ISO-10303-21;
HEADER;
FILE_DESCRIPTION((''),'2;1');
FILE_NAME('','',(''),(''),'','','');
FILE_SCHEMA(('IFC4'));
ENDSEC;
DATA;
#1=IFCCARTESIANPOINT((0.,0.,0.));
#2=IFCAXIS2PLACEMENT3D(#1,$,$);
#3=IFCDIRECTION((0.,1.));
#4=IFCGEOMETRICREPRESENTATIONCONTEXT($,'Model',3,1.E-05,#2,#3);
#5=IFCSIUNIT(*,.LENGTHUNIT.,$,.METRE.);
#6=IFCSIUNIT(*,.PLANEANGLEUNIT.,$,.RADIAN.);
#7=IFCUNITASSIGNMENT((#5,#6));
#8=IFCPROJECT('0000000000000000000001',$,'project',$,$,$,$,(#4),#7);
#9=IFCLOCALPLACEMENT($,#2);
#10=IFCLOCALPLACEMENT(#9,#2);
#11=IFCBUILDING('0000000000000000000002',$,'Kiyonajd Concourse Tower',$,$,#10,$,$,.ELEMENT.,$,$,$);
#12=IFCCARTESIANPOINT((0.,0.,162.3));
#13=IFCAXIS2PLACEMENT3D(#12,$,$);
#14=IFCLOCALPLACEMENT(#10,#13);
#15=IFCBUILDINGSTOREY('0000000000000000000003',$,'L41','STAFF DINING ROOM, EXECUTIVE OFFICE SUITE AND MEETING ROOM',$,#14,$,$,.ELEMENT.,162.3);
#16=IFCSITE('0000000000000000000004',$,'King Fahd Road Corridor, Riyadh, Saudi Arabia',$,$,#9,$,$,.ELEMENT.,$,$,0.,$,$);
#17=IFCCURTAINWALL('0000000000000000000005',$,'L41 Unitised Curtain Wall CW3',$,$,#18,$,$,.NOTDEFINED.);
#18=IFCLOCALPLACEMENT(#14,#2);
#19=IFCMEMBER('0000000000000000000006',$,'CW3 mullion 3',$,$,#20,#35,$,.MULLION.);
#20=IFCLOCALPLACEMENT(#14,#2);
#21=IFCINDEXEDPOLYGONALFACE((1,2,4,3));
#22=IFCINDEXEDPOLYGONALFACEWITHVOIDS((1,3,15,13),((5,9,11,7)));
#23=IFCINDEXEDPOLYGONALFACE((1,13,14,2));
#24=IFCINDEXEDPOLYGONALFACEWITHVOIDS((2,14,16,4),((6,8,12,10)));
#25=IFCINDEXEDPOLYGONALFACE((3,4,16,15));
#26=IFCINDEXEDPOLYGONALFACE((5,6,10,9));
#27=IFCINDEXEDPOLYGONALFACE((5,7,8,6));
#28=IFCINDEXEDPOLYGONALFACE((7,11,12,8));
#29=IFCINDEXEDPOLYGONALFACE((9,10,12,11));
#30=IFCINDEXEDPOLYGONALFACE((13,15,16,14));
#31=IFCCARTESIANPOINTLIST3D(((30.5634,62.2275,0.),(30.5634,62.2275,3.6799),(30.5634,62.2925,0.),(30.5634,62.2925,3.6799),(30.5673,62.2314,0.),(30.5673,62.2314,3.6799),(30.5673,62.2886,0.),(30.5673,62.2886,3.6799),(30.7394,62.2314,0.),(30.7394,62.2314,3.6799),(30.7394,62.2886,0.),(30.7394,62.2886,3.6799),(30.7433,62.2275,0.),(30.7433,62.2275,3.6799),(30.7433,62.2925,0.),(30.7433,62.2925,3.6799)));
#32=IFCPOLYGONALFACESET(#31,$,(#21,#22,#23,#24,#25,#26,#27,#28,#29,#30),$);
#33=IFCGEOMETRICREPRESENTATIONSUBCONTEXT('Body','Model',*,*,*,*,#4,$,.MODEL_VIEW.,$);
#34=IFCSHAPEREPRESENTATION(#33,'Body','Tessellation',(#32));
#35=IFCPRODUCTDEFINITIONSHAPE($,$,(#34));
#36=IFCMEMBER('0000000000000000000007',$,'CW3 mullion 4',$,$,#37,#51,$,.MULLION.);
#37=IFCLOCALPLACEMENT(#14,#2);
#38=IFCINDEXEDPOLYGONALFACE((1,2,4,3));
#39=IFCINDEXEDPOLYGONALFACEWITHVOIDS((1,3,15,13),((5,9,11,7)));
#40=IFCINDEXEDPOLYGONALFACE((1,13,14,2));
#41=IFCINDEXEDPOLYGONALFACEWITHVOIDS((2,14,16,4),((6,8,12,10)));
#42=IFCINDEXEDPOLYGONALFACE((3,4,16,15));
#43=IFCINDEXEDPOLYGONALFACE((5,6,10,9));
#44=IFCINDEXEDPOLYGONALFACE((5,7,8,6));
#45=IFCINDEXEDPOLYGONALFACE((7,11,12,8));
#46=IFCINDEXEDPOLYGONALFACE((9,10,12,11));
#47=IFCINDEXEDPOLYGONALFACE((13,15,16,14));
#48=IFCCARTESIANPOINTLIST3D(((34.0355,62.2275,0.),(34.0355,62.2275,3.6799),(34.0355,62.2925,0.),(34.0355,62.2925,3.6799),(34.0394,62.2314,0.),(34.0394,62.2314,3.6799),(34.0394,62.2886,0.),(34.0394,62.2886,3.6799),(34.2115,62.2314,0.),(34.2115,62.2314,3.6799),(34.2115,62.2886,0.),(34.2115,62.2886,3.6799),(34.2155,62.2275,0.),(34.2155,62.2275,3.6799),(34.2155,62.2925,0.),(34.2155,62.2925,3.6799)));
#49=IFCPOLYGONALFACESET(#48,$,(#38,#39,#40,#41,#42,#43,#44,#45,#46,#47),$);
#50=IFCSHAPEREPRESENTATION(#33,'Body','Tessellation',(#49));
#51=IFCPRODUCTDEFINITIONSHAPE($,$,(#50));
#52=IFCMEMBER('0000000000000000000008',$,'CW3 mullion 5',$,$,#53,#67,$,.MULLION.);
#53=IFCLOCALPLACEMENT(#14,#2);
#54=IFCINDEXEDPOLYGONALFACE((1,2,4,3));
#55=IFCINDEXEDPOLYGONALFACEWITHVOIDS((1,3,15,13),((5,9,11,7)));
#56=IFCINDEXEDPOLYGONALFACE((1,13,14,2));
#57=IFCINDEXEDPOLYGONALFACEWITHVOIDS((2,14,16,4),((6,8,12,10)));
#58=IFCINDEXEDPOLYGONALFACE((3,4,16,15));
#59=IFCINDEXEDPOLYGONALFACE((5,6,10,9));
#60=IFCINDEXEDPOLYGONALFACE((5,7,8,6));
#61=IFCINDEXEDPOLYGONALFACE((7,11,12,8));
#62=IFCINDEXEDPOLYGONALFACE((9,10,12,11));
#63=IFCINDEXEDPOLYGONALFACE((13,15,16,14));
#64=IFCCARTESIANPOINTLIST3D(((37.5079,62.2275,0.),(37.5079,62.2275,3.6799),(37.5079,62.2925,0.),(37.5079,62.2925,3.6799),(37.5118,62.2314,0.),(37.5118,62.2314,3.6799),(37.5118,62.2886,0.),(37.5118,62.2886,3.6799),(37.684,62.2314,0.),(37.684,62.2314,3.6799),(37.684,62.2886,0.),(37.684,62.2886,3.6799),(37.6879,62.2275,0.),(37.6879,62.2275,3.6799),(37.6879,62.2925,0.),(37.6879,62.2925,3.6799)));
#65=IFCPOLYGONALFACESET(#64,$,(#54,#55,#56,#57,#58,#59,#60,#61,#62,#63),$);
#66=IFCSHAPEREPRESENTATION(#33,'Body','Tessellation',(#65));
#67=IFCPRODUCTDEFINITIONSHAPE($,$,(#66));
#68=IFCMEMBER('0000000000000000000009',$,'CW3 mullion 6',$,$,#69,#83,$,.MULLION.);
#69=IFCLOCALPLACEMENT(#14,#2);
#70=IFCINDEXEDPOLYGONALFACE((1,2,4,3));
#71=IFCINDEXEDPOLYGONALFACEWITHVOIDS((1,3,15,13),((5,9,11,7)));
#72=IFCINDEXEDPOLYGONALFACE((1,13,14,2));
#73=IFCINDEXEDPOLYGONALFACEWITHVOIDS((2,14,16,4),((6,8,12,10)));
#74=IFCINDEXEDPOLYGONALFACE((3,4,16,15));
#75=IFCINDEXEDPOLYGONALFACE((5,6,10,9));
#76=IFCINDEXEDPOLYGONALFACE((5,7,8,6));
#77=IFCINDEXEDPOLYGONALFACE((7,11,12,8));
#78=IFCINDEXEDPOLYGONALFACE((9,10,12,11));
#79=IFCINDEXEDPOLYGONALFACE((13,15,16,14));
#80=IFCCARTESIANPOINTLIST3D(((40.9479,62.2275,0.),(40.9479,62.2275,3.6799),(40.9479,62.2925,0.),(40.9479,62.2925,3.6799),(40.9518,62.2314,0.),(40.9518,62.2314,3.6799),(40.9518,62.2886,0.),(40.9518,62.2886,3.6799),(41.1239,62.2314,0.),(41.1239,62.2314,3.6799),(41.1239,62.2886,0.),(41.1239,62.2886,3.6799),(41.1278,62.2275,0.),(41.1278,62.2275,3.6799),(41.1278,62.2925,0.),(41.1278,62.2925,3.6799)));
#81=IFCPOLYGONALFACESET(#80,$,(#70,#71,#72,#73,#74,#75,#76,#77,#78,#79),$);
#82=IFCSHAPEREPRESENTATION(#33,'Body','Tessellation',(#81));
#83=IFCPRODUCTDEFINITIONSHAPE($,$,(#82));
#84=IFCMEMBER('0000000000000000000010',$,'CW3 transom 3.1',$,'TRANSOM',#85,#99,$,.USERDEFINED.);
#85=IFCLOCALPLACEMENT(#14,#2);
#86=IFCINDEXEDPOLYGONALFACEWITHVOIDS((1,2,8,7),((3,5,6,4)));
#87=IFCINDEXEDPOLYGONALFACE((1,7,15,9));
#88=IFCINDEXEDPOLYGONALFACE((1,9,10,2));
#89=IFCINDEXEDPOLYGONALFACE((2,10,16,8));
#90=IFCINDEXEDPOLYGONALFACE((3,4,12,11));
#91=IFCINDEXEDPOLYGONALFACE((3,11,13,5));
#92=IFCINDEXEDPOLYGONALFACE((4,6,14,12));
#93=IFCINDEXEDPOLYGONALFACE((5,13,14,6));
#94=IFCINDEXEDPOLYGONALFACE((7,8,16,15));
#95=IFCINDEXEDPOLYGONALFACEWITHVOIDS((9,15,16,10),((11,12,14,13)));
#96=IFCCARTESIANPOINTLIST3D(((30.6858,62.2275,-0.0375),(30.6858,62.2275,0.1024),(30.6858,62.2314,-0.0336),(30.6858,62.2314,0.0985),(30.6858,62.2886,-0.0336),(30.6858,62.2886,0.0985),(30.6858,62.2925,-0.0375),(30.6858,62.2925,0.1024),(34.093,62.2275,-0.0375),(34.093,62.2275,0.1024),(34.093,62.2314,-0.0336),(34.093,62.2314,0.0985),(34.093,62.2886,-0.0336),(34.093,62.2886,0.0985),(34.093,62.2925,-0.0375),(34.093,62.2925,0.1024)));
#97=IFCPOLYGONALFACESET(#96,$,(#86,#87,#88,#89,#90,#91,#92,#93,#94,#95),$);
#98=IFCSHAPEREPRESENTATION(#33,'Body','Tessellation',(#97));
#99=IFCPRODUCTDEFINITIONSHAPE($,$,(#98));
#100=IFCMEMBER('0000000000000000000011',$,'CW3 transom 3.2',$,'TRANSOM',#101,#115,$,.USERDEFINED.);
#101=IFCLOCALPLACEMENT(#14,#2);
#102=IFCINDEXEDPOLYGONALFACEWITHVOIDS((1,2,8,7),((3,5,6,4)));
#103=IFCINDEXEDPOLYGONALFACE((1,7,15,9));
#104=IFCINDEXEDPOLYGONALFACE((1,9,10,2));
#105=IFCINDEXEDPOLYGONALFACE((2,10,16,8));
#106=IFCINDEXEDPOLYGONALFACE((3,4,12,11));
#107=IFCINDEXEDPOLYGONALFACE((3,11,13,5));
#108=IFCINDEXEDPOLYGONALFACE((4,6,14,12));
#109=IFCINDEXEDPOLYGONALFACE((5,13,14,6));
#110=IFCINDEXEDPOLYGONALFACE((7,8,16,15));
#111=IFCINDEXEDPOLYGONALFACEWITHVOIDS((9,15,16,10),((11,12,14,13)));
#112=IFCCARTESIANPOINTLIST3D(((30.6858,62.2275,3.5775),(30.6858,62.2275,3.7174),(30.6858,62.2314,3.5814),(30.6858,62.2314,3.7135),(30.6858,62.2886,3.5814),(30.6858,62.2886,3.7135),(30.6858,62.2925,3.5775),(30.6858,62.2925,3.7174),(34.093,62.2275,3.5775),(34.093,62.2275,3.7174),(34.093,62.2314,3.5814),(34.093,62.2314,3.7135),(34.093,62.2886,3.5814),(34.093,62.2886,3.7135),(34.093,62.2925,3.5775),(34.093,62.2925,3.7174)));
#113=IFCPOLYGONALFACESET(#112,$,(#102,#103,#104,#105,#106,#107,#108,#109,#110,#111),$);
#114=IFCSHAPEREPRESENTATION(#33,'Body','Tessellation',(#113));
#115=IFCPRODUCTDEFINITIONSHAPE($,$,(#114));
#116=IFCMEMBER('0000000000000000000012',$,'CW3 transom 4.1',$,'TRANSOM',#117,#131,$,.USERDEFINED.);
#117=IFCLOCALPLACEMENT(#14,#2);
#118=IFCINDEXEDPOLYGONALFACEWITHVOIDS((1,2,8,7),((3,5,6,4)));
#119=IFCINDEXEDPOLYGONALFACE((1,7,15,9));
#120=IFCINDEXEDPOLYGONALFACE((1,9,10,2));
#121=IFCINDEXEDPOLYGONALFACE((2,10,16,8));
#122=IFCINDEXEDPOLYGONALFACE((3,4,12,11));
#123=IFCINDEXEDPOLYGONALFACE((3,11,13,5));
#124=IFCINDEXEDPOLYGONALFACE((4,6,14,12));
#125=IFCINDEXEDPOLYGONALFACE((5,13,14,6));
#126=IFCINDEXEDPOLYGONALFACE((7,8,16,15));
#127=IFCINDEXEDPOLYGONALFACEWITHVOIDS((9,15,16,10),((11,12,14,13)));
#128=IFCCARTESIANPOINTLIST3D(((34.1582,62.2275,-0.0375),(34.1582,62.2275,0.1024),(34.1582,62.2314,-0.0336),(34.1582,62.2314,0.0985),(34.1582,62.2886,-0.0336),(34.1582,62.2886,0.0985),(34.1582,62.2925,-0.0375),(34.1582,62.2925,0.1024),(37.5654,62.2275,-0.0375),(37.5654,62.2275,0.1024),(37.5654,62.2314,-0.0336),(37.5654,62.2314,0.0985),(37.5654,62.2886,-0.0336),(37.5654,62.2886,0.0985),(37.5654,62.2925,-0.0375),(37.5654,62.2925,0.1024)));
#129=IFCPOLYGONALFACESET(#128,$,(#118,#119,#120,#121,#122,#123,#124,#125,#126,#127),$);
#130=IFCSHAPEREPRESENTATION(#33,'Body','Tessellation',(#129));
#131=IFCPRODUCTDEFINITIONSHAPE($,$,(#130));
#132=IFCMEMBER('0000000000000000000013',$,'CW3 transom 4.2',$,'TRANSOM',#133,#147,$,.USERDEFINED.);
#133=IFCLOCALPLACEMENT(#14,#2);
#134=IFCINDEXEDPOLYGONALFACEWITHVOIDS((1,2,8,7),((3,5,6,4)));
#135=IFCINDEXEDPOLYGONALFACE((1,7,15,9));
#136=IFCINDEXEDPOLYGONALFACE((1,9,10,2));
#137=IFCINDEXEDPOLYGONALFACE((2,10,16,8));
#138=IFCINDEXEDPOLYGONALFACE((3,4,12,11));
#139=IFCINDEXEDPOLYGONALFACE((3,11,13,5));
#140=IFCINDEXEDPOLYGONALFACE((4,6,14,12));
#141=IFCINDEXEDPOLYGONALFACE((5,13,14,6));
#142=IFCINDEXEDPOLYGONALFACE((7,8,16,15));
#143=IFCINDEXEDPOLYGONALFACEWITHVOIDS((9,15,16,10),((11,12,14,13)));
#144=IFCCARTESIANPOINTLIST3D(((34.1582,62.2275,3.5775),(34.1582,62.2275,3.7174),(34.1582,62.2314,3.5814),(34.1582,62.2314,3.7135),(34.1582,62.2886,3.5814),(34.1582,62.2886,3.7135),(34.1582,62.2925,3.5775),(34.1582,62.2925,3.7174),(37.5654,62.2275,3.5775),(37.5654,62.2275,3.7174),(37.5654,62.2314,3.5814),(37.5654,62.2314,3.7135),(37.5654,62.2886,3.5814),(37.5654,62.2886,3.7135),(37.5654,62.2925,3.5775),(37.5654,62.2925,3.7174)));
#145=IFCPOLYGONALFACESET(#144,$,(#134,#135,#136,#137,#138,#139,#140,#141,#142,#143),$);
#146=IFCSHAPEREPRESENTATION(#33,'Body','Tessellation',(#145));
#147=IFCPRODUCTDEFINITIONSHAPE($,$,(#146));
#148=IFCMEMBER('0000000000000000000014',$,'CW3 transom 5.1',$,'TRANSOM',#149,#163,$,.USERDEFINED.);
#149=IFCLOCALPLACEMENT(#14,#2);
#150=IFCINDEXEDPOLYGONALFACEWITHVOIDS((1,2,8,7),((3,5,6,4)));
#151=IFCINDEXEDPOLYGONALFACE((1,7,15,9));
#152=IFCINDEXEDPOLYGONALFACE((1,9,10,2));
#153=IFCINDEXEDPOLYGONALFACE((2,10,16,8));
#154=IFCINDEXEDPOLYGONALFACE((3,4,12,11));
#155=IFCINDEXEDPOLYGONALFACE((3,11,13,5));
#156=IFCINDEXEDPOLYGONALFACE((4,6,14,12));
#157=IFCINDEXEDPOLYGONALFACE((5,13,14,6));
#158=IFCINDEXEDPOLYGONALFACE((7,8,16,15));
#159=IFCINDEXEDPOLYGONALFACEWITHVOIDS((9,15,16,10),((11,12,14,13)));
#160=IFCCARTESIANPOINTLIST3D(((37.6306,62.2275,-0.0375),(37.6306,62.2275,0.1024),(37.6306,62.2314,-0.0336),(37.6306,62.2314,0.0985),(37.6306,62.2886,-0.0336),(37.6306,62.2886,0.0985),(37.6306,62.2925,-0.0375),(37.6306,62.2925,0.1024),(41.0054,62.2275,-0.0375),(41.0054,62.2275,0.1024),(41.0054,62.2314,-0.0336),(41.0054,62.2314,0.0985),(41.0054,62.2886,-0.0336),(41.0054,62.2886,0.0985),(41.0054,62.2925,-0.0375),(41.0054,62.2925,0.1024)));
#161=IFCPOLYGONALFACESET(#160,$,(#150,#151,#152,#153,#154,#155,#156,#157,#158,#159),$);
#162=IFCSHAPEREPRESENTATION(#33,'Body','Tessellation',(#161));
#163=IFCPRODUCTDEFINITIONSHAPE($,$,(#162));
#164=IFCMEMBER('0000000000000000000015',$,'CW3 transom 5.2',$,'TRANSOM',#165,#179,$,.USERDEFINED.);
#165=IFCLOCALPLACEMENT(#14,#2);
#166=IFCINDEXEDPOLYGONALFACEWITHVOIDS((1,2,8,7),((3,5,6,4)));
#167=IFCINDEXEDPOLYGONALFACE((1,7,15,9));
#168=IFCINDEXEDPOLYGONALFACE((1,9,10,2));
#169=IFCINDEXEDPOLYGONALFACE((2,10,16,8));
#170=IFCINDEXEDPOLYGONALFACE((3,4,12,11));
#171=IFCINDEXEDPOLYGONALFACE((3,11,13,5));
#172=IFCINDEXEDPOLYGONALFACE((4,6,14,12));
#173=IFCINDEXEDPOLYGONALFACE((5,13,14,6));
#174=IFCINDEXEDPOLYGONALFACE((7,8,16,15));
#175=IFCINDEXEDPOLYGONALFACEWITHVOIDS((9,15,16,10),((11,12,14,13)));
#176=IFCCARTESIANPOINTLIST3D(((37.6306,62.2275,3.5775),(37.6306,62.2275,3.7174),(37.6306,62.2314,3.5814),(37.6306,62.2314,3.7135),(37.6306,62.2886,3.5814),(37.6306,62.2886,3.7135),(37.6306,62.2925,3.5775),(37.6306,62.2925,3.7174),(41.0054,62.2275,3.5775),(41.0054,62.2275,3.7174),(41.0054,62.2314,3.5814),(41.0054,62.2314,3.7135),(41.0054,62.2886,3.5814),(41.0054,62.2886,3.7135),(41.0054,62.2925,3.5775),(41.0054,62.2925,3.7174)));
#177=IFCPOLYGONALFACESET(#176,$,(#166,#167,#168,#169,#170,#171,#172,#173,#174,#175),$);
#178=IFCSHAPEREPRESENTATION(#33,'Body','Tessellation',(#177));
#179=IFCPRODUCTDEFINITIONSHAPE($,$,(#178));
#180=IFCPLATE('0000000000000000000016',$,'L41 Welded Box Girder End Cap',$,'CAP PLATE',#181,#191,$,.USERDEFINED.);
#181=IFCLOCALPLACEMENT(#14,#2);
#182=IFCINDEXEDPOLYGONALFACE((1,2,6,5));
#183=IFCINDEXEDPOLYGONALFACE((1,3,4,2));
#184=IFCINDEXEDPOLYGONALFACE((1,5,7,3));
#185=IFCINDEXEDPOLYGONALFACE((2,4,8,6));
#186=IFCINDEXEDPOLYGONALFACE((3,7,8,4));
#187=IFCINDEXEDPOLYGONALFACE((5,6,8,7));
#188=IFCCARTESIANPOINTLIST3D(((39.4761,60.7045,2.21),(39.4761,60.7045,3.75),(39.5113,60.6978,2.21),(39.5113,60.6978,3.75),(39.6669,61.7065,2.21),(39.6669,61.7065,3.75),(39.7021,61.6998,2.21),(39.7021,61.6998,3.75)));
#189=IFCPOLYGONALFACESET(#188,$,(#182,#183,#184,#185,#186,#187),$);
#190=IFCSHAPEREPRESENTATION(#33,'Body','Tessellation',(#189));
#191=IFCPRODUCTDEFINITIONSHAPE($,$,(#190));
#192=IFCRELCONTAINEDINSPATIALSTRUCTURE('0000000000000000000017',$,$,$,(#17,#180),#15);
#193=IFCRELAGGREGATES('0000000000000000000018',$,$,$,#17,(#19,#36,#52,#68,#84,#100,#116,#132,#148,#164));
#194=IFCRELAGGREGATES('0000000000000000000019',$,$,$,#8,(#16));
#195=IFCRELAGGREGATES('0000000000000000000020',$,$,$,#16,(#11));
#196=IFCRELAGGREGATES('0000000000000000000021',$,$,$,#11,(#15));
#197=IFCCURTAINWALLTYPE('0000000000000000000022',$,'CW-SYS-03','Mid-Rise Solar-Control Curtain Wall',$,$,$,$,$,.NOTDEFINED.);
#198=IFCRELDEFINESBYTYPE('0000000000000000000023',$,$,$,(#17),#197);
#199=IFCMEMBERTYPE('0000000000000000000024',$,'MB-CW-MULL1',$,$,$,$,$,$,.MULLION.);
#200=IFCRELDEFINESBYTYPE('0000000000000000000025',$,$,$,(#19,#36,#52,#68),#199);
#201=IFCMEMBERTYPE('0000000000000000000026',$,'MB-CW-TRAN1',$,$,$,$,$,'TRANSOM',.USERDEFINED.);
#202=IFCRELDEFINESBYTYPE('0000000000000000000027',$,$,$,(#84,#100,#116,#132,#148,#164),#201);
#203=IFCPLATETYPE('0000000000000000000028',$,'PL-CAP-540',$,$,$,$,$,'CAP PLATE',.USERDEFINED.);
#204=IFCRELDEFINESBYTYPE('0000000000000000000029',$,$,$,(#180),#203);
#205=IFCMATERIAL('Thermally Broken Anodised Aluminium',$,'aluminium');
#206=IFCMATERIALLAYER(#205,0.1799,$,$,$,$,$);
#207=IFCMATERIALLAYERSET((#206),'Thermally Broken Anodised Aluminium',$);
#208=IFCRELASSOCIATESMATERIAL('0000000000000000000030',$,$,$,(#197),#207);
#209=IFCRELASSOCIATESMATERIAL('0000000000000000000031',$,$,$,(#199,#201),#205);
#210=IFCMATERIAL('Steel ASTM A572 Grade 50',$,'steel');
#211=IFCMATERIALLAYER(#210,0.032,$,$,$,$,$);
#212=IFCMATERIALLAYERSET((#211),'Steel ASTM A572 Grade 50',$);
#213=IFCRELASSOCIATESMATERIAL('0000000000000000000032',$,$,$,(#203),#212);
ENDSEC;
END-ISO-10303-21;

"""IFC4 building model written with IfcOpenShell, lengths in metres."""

from ifc_helpers import new_model, si_unit, direction, frame, origin, origin_2d, place, context, subcontext, project, spatial, rectangle, hollow_rectangle, extrude, material, layer, layer_set, material_profile, profile_set, type_object, element, aggregate, save


model = new_model("IFC4")

# Units and contexts
model_context = context("Model", 3, precision=1e-05, world=origin(), true_north=direction((0.0, 1.0)))
body_context = subcontext(model_context, "Body", "Model", "MODEL_VIEW")
ifc_project = project(units=[si_unit("LENGTHUNIT", "METRE"), si_unit("PLANEANGLEUNIT", "RADIAN")], contexts=[model_context])

# Site, building, storey
site_placement = place(None, origin())
site = spatial("IfcSite", under=ifc_project, at=site_placement, Name="King Fahd Road Corridor, Riyadh, Saudi Arabia", CompositionType="ELEMENT", RefElevation=0.0)
building_placement = place(site_placement, origin())
building = spatial("IfcBuilding", under=site, at=building_placement, Name="Kiyonajd Concourse Tower", CompositionType="ELEMENT")
storey_placement = place(building_placement, frame((0.0, 0.0, 162.3)))
storey = spatial("IfcBuildingStorey", under=building, at=storey_placement, Name="L41", Description="STAFF DINING ROOM, EXECUTIVE OFFICE SUITE AND MEETING ROOM", CompositionType="ELEMENT", Elevation=162.3)

# Curtain wall, members
ifc_material_1 = material(Name="Thermally Broken Anodised Aluminium", Category="aluminium")
ifc_layer_1 = layer(ifc_material_1, 0.1799)
ifc_layer_set_1 = layer_set([ifc_layer_1], Name="Thermally Broken Anodised Aluminium")
curtain_wall_type = type_object("IfcCurtainWallType", Name="CW-SYS-03", Description="Mid-Rise Solar-Control Curtain Wall", PredefinedType="NOTDEFINED", material=ifc_layer_set_1)
curtain_wall_placement = place(storey_placement, origin())
curtain_wall = element("IfcCurtainWall", 1, at=curtain_wall_placement, inside=storey, type_object=curtain_wall_type, Name="L41 Unitised Curtain Wall CW3", PredefinedType="NOTDEFINED")
ifc_material_profile_1 = material_profile(ifc_material_1, hollow_rectangle(XDim=0.0649, YDim=0.1799, WallThickness=0.0039, at=origin_2d()), Name="MULL-65x180")
ifc_profile_set_1 = profile_set([ifc_material_profile_1], Name="Thermally Broken Anodised Aluminium")
member_type_1 = type_object("IfcMemberType", Name="MB-CW-MULL1", PredefinedType="MULLION", material=ifc_profile_set_1)
member_1_placement = place(storey_placement, frame((30.6533, 62.26, 0.0), z_axis=(0.0, 0.0, 1.0), x_axis=(0.0, 1.0, 0.0)))
member_1 = element("IfcMember", 2, at=member_1_placement, type_object=member_type_1, Name="CW3 mullion 3", PredefinedType="MULLION", context=body_context, shape_type="SweptSolid", body=[
    extrude(hollow_rectangle(XDim=0.0649, YDim=0.1799, WallThickness=0.0039, at=origin_2d()), origin(), (0.0, 0.0, 1.0), 3.6799),
])
member_2_placement = place(storey_placement, frame((34.1255, 62.26, 0.0), z_axis=(0.0, 0.0, 1.0), x_axis=(0.0, 1.0, 0.0)))
member_2 = element("IfcMember", 3, at=member_2_placement, type_object=member_type_1, Name="CW3 mullion 4", PredefinedType="MULLION", context=body_context, shape_type="SweptSolid", body=[
    extrude(hollow_rectangle(XDim=0.0649, YDim=0.1799, WallThickness=0.0039, at=origin_2d()), origin(), (0.0, 0.0, 1.0), 3.6799),
])
member_3_placement = place(storey_placement, frame((37.5979, 62.26, 0.0), z_axis=(0.0, 0.0, 1.0), x_axis=(0.0, 1.0, 0.0)))
member_3 = element("IfcMember", 4, at=member_3_placement, type_object=member_type_1, Name="CW3 mullion 5", PredefinedType="MULLION", context=body_context, shape_type="SweptSolid", body=[
    extrude(hollow_rectangle(XDim=0.0649, YDim=0.1799, WallThickness=0.0039, at=origin_2d()), origin(), (0.0, 0.0, 1.0), 3.6799),
])
member_4_placement = place(storey_placement, frame((41.0378, 62.26, 0.0), z_axis=(0.0, 0.0, 1.0), x_axis=(0.0, 1.0, 0.0)))
member_4 = element("IfcMember", 5, at=member_4_placement, type_object=member_type_1, Name="CW3 mullion 6", PredefinedType="MULLION", context=body_context, shape_type="SweptSolid", body=[
    extrude(hollow_rectangle(XDim=0.0649, YDim=0.1799, WallThickness=0.0039, at=origin_2d()), origin(), (0.0, 0.0, 1.0), 3.6799),
])
ifc_material_profile_2 = material_profile(ifc_material_1, hollow_rectangle(XDim=0.0649, YDim=0.1399, WallThickness=0.0039, at=origin_2d()), Name="TRAN-65x140")
ifc_profile_set_2 = profile_set([ifc_material_profile_2], Name="Thermally Broken Anodised Aluminium")
member_type_2 = type_object("IfcMemberType", Name="MB-CW-TRAN1", ElementType="TRANSOM", PredefinedType="USERDEFINED", material=ifc_profile_set_2)
member_5_placement = place(storey_placement, frame((30.6858, 62.26, 0.0325), z_axis=(1.0, 0.0, 0.0), x_axis=(0.0, 1.0, 0.0)))
member_5 = element("IfcMember", 6, at=member_5_placement, type_object=member_type_2, Name="CW3 transom 3.1", ObjectType="TRANSOM", PredefinedType="USERDEFINED", context=body_context, shape_type="SweptSolid", body=[
    extrude(hollow_rectangle(XDim=0.0649, YDim=0.1399, WallThickness=0.0039, at=origin_2d()), origin(), (0.0, 0.0, 1.0), 3.4072),
])
member_6_placement = place(storey_placement, frame((30.6858, 62.26, 3.6475), z_axis=(1.0, 0.0, 0.0), x_axis=(0.0, 1.0, 0.0)))
member_6 = element("IfcMember", 7, at=member_6_placement, type_object=member_type_2, Name="CW3 transom 3.2", ObjectType="TRANSOM", PredefinedType="USERDEFINED", context=body_context, shape_type="SweptSolid", body=[
    extrude(hollow_rectangle(XDim=0.0649, YDim=0.1399, WallThickness=0.0039, at=origin_2d()), origin(), (0.0, 0.0, 1.0), 3.4072),
])
member_7_placement = place(storey_placement, frame((34.1582, 62.26, 0.0325), z_axis=(1.0, 0.0, 0.0), x_axis=(0.0, 1.0, 0.0)))
member_7 = element("IfcMember", 8, at=member_7_placement, type_object=member_type_2, Name="CW3 transom 4.1", ObjectType="TRANSOM", PredefinedType="USERDEFINED", context=body_context, shape_type="SweptSolid", body=[
    extrude(hollow_rectangle(XDim=0.0649, YDim=0.1399, WallThickness=0.0039, at=origin_2d()), origin(), (0.0, 0.0, 1.0), 3.4072),
])
member_8_placement = place(storey_placement, frame((34.1582, 62.26, 3.6475), z_axis=(1.0, 0.0, 0.0), x_axis=(0.0, 1.0, 0.0)))
member_8 = element("IfcMember", 9, at=member_8_placement, type_object=member_type_2, Name="CW3 transom 4.2", ObjectType="TRANSOM", PredefinedType="USERDEFINED", context=body_context, shape_type="SweptSolid", body=[
    extrude(hollow_rectangle(XDim=0.0649, YDim=0.1399, WallThickness=0.0039, at=origin_2d()), origin(), (0.0, 0.0, 1.0), 3.4072),
])
member_9_placement = place(storey_placement, frame((37.6306, 62.26, 0.0325), z_axis=(1.0, 0.0, 0.0), x_axis=(0.0, 1.0, 0.0)))
member_9 = element("IfcMember", 10, at=member_9_placement, type_object=member_type_2, Name="CW3 transom 5.1", ObjectType="TRANSOM", PredefinedType="USERDEFINED", context=body_context, shape_type="SweptSolid", body=[
    extrude(hollow_rectangle(XDim=0.0649, YDim=0.1399, WallThickness=0.0039, at=origin_2d()), origin(), (0.0, 0.0, 1.0), 3.3748),
])
member_10_placement = place(storey_placement, frame((37.6306, 62.26, 3.6475), z_axis=(1.0, 0.0, 0.0), x_axis=(0.0, 1.0, 0.0)))
member_10 = element("IfcMember", 11, at=member_10_placement, type_object=member_type_2, Name="CW3 transom 5.2", ObjectType="TRANSOM", PredefinedType="USERDEFINED", context=body_context, shape_type="SweptSolid", body=[
    extrude(hollow_rectangle(XDim=0.0649, YDim=0.1399, WallThickness=0.0039, at=origin_2d()), origin(), (0.0, 0.0, 1.0), 3.3748),
])

# Plate
ifc_material_2 = material(Name="Steel ASTM A572 Grade 50", Category="steel")
ifc_layer_2 = layer(ifc_material_2, 0.032)
ifc_layer_set_2 = layer_set([ifc_layer_2], Name="Steel ASTM A572 Grade 50")
plate_type_1 = type_object("IfcPlateType", Name="PL-CAP-540", ElementType="CAP PLATE", PredefinedType="USERDEFINED", material=ifc_layer_set_2)
plate_1_placement = place(storey_placement, frame((39.5891, 61.2021, 2.21), z_axis=(0.0, 0.0, 1.0), x_axis=(-0.982353, 0.187038, 0.0)))
element("IfcPlate", 12, at=plate_1_placement, inside=storey, type_object=plate_type_1, Name="L41 Welded Box Girder End Cap", ObjectType="CAP PLATE", PredefinedType="USERDEFINED", context=body_context, shape_type="SweptSolid", body=[
    extrude(rectangle(XDim=0.0359, YDim=1.02, at=origin_2d()), origin(), (0.0, 0.0, 1.0), 1.54),
])
aggregate(curtain_wall, [member_1, member_2, member_3, member_4, member_5, member_6, member_7, member_8, member_9, member_10])

save(model, "model.ifc")
